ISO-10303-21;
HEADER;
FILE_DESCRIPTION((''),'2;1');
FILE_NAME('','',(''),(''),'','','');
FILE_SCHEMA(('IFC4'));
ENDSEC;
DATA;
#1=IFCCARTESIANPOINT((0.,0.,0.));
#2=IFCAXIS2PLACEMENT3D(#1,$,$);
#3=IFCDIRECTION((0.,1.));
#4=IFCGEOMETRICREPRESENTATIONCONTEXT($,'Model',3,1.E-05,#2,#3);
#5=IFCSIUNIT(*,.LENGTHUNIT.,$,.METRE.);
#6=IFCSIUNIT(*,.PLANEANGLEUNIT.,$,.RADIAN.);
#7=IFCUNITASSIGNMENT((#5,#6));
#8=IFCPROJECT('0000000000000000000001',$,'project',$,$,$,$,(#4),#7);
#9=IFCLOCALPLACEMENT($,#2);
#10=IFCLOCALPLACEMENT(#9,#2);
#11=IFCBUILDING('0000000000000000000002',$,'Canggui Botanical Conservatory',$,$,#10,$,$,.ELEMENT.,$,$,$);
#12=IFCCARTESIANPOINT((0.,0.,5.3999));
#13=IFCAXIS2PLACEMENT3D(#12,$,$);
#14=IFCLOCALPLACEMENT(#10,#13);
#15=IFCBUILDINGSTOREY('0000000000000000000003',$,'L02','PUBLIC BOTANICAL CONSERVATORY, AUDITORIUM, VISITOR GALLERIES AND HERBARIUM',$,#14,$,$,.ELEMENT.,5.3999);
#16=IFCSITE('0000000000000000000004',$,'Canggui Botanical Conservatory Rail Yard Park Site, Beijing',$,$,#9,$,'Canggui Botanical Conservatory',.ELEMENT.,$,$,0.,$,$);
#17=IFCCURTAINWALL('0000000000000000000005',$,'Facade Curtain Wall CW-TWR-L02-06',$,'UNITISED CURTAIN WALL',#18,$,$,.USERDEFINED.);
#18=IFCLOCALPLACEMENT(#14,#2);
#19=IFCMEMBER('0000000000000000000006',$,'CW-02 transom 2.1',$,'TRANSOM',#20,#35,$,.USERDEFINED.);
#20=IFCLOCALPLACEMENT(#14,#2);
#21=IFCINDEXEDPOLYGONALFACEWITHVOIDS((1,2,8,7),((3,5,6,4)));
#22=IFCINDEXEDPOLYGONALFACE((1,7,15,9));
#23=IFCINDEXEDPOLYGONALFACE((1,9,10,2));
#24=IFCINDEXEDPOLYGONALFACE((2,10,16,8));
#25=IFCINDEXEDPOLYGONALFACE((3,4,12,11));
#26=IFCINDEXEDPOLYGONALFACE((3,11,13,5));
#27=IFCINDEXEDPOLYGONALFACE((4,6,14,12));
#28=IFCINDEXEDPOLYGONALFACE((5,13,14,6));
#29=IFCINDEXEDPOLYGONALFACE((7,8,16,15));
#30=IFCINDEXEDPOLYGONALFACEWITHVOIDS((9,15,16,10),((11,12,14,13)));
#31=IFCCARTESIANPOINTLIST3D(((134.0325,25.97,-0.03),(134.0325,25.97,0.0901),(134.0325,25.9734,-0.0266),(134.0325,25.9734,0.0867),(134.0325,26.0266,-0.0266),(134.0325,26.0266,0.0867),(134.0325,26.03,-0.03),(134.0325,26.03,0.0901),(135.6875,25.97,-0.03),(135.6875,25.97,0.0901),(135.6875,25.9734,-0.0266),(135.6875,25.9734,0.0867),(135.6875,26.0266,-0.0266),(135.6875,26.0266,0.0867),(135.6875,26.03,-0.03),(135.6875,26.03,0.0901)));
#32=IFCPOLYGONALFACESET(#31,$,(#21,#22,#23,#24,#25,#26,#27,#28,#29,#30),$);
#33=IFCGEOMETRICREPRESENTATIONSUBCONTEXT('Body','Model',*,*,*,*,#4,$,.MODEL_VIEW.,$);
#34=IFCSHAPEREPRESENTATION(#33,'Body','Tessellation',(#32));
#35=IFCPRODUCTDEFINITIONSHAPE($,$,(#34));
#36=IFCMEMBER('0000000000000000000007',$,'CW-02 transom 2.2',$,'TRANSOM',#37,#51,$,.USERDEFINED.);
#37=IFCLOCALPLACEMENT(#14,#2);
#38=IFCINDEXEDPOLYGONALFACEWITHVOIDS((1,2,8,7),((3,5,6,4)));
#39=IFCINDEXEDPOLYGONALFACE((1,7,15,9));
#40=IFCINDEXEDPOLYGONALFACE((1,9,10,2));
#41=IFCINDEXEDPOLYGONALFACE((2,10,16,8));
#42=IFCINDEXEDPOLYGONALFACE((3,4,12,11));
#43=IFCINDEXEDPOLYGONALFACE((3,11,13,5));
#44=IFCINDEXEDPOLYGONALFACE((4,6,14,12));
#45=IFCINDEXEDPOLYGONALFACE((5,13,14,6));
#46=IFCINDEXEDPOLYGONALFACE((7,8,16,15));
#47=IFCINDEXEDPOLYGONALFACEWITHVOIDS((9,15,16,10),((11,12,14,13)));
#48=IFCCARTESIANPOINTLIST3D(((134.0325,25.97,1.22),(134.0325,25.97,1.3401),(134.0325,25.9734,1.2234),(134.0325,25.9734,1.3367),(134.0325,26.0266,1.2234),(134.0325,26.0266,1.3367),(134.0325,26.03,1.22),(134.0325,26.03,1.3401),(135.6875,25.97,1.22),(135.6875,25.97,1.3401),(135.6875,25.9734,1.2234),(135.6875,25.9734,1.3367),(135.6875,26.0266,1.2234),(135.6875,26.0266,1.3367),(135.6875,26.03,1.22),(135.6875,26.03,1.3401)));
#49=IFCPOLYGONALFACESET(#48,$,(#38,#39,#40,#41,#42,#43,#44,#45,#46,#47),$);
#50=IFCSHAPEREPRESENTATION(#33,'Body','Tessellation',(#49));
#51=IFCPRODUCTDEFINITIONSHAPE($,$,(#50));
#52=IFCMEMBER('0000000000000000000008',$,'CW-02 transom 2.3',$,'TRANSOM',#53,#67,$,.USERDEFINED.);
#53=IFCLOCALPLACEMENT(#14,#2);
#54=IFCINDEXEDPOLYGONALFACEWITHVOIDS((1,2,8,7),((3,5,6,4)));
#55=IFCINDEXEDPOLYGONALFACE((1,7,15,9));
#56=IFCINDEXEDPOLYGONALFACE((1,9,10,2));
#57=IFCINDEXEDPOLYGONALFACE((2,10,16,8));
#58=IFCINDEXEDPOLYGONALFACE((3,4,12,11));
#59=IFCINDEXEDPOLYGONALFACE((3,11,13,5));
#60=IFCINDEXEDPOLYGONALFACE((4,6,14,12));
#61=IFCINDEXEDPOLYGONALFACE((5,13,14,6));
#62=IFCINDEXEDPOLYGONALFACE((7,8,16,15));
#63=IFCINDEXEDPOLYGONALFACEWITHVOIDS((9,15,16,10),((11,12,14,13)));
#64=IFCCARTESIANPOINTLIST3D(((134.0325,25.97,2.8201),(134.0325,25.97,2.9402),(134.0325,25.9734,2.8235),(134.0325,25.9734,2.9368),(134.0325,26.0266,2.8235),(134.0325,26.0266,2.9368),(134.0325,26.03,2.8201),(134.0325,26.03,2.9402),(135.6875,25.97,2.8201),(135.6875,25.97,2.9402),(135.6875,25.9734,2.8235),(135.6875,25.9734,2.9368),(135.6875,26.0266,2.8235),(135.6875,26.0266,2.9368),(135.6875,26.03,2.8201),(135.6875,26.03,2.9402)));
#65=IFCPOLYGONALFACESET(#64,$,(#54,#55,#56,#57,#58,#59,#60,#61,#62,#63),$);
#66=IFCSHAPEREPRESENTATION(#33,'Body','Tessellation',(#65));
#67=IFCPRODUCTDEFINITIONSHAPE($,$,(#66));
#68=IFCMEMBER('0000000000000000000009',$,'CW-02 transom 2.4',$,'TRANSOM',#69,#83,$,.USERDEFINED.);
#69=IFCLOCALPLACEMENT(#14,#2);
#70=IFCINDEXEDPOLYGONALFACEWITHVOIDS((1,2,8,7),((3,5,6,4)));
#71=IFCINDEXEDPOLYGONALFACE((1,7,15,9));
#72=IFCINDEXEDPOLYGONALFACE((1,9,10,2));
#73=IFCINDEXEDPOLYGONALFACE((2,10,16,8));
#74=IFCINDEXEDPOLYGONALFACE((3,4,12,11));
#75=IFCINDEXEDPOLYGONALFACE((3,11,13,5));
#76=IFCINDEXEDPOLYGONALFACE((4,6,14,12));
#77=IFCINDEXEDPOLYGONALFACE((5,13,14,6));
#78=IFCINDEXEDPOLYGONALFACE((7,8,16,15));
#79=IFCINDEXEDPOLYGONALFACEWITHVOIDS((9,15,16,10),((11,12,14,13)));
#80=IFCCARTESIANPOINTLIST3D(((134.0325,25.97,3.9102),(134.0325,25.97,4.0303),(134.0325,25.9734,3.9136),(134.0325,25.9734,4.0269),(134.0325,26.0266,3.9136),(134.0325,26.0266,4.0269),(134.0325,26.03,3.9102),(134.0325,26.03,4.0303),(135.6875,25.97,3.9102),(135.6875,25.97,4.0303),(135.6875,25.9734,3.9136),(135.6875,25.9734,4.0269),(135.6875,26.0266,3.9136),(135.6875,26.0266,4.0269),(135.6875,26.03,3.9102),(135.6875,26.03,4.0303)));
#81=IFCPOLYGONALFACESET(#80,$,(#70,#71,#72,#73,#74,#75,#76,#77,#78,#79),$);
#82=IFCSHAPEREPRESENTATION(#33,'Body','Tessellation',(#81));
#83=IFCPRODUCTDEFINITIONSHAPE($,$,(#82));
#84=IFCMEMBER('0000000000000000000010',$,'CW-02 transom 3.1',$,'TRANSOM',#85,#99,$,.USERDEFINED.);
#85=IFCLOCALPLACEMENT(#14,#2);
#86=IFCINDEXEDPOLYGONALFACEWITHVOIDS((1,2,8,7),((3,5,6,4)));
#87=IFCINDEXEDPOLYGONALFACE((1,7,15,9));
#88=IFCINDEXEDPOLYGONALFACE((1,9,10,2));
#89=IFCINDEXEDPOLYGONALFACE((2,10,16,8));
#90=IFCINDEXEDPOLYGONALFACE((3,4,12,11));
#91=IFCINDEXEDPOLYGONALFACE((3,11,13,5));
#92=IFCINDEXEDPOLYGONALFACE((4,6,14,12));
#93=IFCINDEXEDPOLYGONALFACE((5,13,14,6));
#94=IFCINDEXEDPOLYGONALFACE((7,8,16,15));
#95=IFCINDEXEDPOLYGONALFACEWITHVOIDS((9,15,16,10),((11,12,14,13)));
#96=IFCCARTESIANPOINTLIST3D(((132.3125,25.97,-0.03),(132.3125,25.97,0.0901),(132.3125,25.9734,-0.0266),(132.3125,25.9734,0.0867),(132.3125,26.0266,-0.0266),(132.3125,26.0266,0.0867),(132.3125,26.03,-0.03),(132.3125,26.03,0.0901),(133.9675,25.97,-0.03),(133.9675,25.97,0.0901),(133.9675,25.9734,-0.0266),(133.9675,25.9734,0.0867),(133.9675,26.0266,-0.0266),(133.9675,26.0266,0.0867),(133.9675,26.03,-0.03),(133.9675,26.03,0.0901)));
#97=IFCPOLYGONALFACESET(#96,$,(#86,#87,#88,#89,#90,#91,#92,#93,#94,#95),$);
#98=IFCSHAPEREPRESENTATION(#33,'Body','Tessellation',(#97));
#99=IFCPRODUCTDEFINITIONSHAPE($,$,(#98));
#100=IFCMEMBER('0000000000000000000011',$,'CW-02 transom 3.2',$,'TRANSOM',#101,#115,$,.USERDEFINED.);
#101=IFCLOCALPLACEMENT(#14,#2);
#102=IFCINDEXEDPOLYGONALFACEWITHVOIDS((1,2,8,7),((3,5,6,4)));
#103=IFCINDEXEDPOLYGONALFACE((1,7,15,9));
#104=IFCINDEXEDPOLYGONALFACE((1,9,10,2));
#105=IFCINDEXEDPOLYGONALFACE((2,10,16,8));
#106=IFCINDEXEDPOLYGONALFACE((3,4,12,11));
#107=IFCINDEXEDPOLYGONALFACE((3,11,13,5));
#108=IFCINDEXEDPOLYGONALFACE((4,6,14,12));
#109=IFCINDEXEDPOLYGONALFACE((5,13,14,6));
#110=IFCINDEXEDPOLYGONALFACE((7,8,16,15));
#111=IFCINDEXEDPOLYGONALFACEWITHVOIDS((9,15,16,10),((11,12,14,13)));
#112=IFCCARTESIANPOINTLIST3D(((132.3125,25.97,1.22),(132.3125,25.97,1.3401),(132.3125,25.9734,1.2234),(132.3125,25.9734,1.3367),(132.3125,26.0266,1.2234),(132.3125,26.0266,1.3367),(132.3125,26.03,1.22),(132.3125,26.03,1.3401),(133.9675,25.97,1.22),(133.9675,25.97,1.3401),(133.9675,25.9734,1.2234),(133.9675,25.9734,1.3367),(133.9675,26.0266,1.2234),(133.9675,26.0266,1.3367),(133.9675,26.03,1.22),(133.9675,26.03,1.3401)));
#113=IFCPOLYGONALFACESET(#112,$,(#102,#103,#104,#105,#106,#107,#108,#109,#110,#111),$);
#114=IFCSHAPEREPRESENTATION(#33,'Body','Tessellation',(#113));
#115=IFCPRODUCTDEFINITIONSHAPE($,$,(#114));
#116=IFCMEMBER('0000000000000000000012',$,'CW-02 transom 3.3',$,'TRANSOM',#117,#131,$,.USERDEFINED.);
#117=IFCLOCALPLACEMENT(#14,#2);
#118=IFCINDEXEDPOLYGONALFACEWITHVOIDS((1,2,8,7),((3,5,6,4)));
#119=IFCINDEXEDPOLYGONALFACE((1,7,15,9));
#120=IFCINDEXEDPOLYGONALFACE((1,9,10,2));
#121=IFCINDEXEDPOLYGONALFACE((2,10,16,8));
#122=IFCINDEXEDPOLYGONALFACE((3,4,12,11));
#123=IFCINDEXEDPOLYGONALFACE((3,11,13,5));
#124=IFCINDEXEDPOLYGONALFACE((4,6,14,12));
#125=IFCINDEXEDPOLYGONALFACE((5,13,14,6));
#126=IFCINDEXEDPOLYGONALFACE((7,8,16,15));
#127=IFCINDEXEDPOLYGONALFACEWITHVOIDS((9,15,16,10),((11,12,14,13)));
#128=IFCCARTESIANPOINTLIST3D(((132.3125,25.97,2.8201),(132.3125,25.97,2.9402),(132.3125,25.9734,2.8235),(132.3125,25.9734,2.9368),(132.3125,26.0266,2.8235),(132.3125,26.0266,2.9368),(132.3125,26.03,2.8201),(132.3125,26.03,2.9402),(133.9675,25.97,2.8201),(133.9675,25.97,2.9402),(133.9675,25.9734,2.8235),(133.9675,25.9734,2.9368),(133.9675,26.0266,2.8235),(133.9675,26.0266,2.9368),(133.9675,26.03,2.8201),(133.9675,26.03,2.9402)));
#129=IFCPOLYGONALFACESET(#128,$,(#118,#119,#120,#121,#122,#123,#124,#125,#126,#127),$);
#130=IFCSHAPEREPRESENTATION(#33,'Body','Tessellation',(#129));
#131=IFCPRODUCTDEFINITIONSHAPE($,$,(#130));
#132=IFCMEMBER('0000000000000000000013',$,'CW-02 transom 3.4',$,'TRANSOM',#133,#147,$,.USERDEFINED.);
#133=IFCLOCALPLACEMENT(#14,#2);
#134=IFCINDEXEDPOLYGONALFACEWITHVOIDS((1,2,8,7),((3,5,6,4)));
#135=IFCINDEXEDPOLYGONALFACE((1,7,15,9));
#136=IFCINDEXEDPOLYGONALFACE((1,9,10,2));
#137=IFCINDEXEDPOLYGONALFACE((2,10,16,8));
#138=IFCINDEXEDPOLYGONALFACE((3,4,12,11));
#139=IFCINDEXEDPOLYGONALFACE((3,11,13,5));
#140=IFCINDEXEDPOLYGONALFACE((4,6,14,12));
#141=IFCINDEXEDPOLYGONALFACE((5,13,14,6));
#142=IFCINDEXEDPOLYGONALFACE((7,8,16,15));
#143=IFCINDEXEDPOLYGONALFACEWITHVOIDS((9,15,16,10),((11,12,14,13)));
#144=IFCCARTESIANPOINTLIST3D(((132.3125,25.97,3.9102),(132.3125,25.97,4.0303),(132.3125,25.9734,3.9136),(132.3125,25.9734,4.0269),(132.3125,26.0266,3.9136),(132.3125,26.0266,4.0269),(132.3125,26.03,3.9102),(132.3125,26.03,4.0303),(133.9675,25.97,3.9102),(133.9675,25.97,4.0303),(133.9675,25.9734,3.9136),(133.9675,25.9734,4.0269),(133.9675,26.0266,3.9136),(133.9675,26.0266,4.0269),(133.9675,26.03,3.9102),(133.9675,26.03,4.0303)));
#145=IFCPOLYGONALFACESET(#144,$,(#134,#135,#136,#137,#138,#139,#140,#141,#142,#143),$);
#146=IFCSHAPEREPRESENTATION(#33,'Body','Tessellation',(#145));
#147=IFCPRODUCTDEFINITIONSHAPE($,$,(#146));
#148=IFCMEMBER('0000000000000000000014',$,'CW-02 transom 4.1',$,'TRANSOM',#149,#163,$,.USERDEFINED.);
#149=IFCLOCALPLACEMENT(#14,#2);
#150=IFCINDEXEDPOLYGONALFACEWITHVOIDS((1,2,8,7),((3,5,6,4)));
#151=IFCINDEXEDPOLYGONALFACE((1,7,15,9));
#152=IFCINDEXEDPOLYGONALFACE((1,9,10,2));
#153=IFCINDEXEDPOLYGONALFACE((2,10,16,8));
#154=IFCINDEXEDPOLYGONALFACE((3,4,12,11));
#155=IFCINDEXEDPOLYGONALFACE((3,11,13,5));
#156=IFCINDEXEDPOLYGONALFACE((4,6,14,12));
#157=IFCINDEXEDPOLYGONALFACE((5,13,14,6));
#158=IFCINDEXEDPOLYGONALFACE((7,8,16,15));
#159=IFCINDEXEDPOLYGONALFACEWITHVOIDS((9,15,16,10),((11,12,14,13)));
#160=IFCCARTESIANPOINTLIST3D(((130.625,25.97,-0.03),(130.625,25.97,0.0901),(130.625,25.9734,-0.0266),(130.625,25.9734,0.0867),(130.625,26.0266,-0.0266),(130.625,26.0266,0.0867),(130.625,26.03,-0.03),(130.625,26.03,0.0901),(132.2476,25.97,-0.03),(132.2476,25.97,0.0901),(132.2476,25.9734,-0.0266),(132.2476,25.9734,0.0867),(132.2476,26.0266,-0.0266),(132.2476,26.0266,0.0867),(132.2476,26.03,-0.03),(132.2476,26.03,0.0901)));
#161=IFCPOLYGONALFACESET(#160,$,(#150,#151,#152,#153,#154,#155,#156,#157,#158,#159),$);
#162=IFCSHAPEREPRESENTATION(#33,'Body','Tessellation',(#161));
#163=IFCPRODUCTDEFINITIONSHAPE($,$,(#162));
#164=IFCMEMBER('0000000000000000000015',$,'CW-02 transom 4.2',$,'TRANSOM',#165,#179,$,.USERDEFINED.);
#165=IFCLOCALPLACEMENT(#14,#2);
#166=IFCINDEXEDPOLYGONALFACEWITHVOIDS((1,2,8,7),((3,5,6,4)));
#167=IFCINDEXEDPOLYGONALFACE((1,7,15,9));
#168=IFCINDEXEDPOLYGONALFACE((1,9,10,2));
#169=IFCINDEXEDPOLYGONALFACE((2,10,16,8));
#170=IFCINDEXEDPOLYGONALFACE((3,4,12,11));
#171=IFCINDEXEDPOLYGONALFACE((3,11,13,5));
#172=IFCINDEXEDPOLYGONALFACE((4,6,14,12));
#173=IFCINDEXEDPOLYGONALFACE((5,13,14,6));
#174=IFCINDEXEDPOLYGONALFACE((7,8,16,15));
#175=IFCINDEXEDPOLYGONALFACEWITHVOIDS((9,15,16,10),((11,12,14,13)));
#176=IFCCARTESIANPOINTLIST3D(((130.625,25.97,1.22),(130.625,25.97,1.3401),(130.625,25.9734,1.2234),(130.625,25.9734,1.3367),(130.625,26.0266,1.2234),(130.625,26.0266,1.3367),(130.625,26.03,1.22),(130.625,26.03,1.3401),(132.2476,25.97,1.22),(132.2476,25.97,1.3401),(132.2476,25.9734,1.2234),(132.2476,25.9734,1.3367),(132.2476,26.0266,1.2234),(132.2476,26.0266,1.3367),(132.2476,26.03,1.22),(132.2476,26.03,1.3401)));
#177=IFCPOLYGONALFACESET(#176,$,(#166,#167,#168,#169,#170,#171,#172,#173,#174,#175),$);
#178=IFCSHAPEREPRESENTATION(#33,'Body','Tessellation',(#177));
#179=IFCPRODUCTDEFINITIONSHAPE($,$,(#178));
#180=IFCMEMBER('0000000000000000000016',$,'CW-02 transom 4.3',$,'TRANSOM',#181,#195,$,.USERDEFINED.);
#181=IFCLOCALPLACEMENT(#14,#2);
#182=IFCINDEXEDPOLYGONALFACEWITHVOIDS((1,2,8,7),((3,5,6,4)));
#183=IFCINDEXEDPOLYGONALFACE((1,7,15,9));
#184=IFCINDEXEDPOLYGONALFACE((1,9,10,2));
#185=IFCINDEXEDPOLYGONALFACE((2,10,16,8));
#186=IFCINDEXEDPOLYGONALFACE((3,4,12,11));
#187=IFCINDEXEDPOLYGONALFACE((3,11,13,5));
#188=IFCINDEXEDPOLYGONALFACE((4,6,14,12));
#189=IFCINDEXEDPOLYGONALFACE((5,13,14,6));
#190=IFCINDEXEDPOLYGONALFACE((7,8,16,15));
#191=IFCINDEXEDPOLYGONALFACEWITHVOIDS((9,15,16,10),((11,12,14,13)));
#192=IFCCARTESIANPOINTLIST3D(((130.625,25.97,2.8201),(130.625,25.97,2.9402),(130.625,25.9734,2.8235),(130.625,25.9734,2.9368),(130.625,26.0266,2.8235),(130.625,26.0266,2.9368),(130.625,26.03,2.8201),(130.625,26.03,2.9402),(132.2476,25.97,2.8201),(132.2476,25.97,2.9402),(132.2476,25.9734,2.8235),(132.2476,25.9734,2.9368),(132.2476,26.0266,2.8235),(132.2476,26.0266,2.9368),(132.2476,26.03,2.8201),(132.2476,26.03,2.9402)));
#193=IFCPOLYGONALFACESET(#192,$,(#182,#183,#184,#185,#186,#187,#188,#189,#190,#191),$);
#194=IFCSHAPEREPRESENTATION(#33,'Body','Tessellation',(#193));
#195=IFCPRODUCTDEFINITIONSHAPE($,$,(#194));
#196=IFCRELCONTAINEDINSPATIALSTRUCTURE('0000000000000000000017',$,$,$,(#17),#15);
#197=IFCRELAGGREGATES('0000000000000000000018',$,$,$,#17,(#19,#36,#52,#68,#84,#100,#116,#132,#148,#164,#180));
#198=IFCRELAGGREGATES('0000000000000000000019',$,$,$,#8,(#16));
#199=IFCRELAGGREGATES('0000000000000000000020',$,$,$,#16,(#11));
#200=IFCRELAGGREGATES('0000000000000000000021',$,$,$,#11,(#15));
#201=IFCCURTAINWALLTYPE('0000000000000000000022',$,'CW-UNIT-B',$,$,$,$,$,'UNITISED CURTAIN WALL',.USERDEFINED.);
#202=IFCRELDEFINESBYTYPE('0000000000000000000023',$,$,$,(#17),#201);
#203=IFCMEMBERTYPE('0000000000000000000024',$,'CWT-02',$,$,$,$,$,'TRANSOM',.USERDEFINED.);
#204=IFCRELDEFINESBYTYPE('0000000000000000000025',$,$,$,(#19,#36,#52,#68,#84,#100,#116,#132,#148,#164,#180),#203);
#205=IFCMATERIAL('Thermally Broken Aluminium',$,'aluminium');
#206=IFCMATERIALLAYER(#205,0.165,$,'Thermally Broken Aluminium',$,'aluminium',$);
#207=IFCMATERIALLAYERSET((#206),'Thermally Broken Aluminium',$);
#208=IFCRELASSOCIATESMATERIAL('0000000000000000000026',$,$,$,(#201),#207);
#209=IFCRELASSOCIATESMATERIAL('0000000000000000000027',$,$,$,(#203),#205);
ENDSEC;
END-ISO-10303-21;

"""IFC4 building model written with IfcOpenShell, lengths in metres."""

from ifc_helpers import new_model, si_unit, direction, frame, origin, origin_2d, place, context, subcontext, project, spatial, hollow_rectangle, extrude, material, layer, layer_set, material_profile, profile_set, type_object, element, aggregate, save


model = new_model("IFC4")

# Units and contexts
model_context = context("Model", 3, precision=1e-05, world=origin(), true_north=direction((0.0, 1.0)))
body_context = subcontext(model_context, "Body", "Model", "MODEL_VIEW")
ifc_project = project(units=[si_unit("LENGTHUNIT", "METRE"), si_unit("PLANEANGLEUNIT", "RADIAN")], contexts=[model_context])

# Site, building, storey
site_placement = place(None, origin())
site = spatial("IfcSite", under=ifc_project, at=site_placement, Name="Canggui Botanical Conservatory Rail Yard Park Site, Beijing", LongName="Canggui Botanical Conservatory", CompositionType="ELEMENT", RefElevation=0.0)
building_placement = place(site_placement, origin())
building = spatial("IfcBuilding", under=site, at=building_placement, Name="Canggui Botanical Conservatory", CompositionType="ELEMENT")
storey_placement = place(building_placement, frame((0.0, 0.0, 5.3999)))
storey = spatial("IfcBuildingStorey", under=building, at=storey_placement, Name="L02", Description="PUBLIC BOTANICAL CONSERVATORY, AUDITORIUM, VISITOR GALLERIES AND HERBARIUM", CompositionType="ELEMENT", Elevation=5.3999)

# Curtain wall, members
ifc_material_1 = material(Name="Thermally Broken Aluminium", Category="aluminium")
ifc_layer_1 = layer(ifc_material_1, 0.165, Name="Thermally Broken Aluminium", Category="aluminium")
ifc_layer_set_1 = layer_set([ifc_layer_1], Name="Thermally Broken Aluminium")
curtain_wall_type = type_object("IfcCurtainWallType", Name="CW-UNIT-B", ElementType="UNITISED CURTAIN WALL", PredefinedType="USERDEFINED", material=ifc_layer_set_1)
curtain_wall_placement = place(storey_placement, origin())
curtain_wall = element("IfcCurtainWall", 1, at=curtain_wall_placement, inside=storey, type_object=curtain_wall_type, Name="Facade Curtain Wall CW-TWR-L02-06", ObjectType="UNITISED CURTAIN WALL", PredefinedType="USERDEFINED")
ifc_material_profile_1 = material_profile(ifc_material_1, hollow_rectangle(XDim=0.0601, YDim=0.1201, WallThickness=0.0034, at=origin_2d()), Name="CWT 60x120x3.5")
ifc_profile_set_1 = profile_set([ifc_material_profile_1], Name="Thermally Broken Aluminium")
member_type_1 = type_object("IfcMemberType", Name="CWT-02", ElementType="TRANSOM", PredefinedType="USERDEFINED", material=ifc_profile_set_1)
member_1_placement = place(storey_placement, frame((135.6875, 26.0, 0.03), z_axis=(-1.0, 0.0, 0.0), x_axis=(0.0, -1.0, 0.0)))
member_1 = element("IfcMember", 2, at=member_1_placement, type_object=member_type_1, Name="CW-02 transom 2.1", ObjectType="TRANSOM", PredefinedType="USERDEFINED", context=body_context, shape_type="SweptSolid", body=[
    extrude(hollow_rectangle(XDim=0.0601, YDim=0.1201, WallThickness=0.0034, at=origin_2d()), origin(), (0.0, 0.0, 1.0), 1.655),
])
member_2_placement = place(storey_placement, frame((135.6875, 26.0, 1.28), z_axis=(-1.0, 0.0, 0.0), x_axis=(0.0, -1.0, 0.0)))
member_2 = element("IfcMember", 3, at=member_2_placement, type_object=member_type_1, Name="CW-02 transom 2.2", ObjectType="TRANSOM", PredefinedType="USERDEFINED", context=body_context, shape_type="SweptSolid", body=[
    extrude(hollow_rectangle(XDim=0.0601, YDim=0.1201, WallThickness=0.0034, at=origin_2d()), origin(), (0.0, 0.0, 1.0), 1.655),
])
member_3_placement = place(storey_placement, frame((135.6875, 26.0, 2.8801), z_axis=(-1.0, 0.0, 0.0), x_axis=(0.0, -1.0, 0.0)))
member_3 = element("IfcMember", 4, at=member_3_placement, type_object=member_type_1, Name="CW-02 transom 2.3", ObjectType="TRANSOM", PredefinedType="USERDEFINED", context=body_context, shape_type="SweptSolid", body=[
    extrude(hollow_rectangle(XDim=0.0601, YDim=0.1201, WallThickness=0.0034, at=origin_2d()), origin(), (0.0, 0.0, 1.0), 1.655),
])
member_4_placement = place(storey_placement, frame((135.6875, 26.0, 3.9702), z_axis=(-1.0, 0.0, 0.0), x_axis=(0.0, -1.0, 0.0)))
member_4 = element("IfcMember", 5, at=member_4_placement, type_object=member_type_1, Name="CW-02 transom 2.4", ObjectType="TRANSOM", PredefinedType="USERDEFINED", context=body_context, shape_type="SweptSolid", body=[
    extrude(hollow_rectangle(XDim=0.0601, YDim=0.1201, WallThickness=0.0034, at=origin_2d()), origin(), (0.0, 0.0, 1.0), 1.655),
])
member_5_placement = place(storey_placement, frame((133.9675, 26.0, 0.03), z_axis=(-1.0, 0.0, 0.0), x_axis=(0.0, -1.0, 0.0)))
member_5 = element("IfcMember", 6, at=member_5_placement, type_object=member_type_1, Name="CW-02 transom 3.1", ObjectType="TRANSOM", PredefinedType="USERDEFINED", context=body_context, shape_type="SweptSolid", body=[
    extrude(hollow_rectangle(XDim=0.0601, YDim=0.1201, WallThickness=0.0034, at=origin_2d()), origin(), (0.0, 0.0, 1.0), 1.655),
])
member_6_placement = place(storey_placement, frame((133.9675, 26.0, 1.28), z_axis=(-1.0, 0.0, 0.0), x_axis=(0.0, -1.0, 0.0)))
member_6 = element("IfcMember", 7, at=member_6_placement, type_object=member_type_1, Name="CW-02 transom 3.2", ObjectType="TRANSOM", PredefinedType="USERDEFINED", context=body_context, shape_type="SweptSolid", body=[
    extrude(hollow_rectangle(XDim=0.0601, YDim=0.1201, WallThickness=0.0034, at=origin_2d()), origin(), (0.0, 0.0, 1.0), 1.655),
])
member_7_placement = place(storey_placement, frame((133.9675, 26.0, 2.8801), z_axis=(-1.0, 0.0, 0.0), x_axis=(0.0, -1.0, 0.0)))
member_7 = element("IfcMember", 8, at=member_7_placement, type_object=member_type_1, Name="CW-02 transom 3.3", ObjectType="TRANSOM", PredefinedType="USERDEFINED", context=body_context, shape_type="SweptSolid", body=[
    extrude(hollow_rectangle(XDim=0.0601, YDim=0.1201, WallThickness=0.0034, at=origin_2d()), origin(), (0.0, 0.0, 1.0), 1.655),
])
member_8_placement = place(storey_placement, frame((133.9675, 26.0, 3.9702), z_axis=(-1.0, 0.0, 0.0), x_axis=(0.0, -1.0, 0.0)))
member_8 = element("IfcMember", 9, at=member_8_placement, type_object=member_type_1, Name="CW-02 transom 3.4", ObjectType="TRANSOM", PredefinedType="USERDEFINED", context=body_context, shape_type="SweptSolid", body=[
    extrude(hollow_rectangle(XDim=0.0601, YDim=0.1201, WallThickness=0.0034, at=origin_2d()), origin(), (0.0, 0.0, 1.0), 1.655),
])
member_9_placement = place(storey_placement, frame((132.2476, 26.0, 0.03), z_axis=(-1.0, 0.0, 0.0), x_axis=(0.0, -1.0, 0.0)))
member_9 = element("IfcMember", 10, at=member_9_placement, type_object=member_type_1, Name="CW-02 transom 4.1", ObjectType="TRANSOM", PredefinedType="USERDEFINED", context=body_context, shape_type="SweptSolid", body=[
    extrude(hollow_rectangle(XDim=0.0601, YDim=0.1201, WallThickness=0.0034, at=origin_2d()), origin(), (0.0, 0.0, 1.0), 1.6226),
])
member_10_placement = place(storey_placement, frame((132.2476, 26.0, 1.28), z_axis=(-1.0, 0.0, 0.0), x_axis=(0.0, -1.0, 0.0)))
member_10 = element("IfcMember", 11, at=member_10_placement, type_object=member_type_1, Name="CW-02 transom 4.2", ObjectType="TRANSOM", PredefinedType="USERDEFINED", context=body_context, shape_type="SweptSolid", body=[
    extrude(hollow_rectangle(XDim=0.0601, YDim=0.1201, WallThickness=0.0034, at=origin_2d()), origin(), (0.0, 0.0, 1.0), 1.6226),
])
member_11_placement = place(storey_placement, frame((132.2476, 26.0, 2.8801), z_axis=(-1.0, 0.0, 0.0), x_axis=(0.0, -1.0, 0.0)))
member_11 = element("IfcMember", 12, at=member_11_placement, type_object=member_type_1, Name="CW-02 transom 4.3", ObjectType="TRANSOM", PredefinedType="USERDEFINED", context=body_context, shape_type="SweptSolid", body=[
    extrude(hollow_rectangle(XDim=0.0601, YDim=0.1201, WallThickness=0.0034, at=origin_2d()), origin(), (0.0, 0.0, 1.0), 1.6226),
])
aggregate(curtain_wall, [member_1, member_2, member_3, member_4, member_5, member_6, member_7, member_8, member_9, member_10, member_11])

save(model, "model.ifc")
